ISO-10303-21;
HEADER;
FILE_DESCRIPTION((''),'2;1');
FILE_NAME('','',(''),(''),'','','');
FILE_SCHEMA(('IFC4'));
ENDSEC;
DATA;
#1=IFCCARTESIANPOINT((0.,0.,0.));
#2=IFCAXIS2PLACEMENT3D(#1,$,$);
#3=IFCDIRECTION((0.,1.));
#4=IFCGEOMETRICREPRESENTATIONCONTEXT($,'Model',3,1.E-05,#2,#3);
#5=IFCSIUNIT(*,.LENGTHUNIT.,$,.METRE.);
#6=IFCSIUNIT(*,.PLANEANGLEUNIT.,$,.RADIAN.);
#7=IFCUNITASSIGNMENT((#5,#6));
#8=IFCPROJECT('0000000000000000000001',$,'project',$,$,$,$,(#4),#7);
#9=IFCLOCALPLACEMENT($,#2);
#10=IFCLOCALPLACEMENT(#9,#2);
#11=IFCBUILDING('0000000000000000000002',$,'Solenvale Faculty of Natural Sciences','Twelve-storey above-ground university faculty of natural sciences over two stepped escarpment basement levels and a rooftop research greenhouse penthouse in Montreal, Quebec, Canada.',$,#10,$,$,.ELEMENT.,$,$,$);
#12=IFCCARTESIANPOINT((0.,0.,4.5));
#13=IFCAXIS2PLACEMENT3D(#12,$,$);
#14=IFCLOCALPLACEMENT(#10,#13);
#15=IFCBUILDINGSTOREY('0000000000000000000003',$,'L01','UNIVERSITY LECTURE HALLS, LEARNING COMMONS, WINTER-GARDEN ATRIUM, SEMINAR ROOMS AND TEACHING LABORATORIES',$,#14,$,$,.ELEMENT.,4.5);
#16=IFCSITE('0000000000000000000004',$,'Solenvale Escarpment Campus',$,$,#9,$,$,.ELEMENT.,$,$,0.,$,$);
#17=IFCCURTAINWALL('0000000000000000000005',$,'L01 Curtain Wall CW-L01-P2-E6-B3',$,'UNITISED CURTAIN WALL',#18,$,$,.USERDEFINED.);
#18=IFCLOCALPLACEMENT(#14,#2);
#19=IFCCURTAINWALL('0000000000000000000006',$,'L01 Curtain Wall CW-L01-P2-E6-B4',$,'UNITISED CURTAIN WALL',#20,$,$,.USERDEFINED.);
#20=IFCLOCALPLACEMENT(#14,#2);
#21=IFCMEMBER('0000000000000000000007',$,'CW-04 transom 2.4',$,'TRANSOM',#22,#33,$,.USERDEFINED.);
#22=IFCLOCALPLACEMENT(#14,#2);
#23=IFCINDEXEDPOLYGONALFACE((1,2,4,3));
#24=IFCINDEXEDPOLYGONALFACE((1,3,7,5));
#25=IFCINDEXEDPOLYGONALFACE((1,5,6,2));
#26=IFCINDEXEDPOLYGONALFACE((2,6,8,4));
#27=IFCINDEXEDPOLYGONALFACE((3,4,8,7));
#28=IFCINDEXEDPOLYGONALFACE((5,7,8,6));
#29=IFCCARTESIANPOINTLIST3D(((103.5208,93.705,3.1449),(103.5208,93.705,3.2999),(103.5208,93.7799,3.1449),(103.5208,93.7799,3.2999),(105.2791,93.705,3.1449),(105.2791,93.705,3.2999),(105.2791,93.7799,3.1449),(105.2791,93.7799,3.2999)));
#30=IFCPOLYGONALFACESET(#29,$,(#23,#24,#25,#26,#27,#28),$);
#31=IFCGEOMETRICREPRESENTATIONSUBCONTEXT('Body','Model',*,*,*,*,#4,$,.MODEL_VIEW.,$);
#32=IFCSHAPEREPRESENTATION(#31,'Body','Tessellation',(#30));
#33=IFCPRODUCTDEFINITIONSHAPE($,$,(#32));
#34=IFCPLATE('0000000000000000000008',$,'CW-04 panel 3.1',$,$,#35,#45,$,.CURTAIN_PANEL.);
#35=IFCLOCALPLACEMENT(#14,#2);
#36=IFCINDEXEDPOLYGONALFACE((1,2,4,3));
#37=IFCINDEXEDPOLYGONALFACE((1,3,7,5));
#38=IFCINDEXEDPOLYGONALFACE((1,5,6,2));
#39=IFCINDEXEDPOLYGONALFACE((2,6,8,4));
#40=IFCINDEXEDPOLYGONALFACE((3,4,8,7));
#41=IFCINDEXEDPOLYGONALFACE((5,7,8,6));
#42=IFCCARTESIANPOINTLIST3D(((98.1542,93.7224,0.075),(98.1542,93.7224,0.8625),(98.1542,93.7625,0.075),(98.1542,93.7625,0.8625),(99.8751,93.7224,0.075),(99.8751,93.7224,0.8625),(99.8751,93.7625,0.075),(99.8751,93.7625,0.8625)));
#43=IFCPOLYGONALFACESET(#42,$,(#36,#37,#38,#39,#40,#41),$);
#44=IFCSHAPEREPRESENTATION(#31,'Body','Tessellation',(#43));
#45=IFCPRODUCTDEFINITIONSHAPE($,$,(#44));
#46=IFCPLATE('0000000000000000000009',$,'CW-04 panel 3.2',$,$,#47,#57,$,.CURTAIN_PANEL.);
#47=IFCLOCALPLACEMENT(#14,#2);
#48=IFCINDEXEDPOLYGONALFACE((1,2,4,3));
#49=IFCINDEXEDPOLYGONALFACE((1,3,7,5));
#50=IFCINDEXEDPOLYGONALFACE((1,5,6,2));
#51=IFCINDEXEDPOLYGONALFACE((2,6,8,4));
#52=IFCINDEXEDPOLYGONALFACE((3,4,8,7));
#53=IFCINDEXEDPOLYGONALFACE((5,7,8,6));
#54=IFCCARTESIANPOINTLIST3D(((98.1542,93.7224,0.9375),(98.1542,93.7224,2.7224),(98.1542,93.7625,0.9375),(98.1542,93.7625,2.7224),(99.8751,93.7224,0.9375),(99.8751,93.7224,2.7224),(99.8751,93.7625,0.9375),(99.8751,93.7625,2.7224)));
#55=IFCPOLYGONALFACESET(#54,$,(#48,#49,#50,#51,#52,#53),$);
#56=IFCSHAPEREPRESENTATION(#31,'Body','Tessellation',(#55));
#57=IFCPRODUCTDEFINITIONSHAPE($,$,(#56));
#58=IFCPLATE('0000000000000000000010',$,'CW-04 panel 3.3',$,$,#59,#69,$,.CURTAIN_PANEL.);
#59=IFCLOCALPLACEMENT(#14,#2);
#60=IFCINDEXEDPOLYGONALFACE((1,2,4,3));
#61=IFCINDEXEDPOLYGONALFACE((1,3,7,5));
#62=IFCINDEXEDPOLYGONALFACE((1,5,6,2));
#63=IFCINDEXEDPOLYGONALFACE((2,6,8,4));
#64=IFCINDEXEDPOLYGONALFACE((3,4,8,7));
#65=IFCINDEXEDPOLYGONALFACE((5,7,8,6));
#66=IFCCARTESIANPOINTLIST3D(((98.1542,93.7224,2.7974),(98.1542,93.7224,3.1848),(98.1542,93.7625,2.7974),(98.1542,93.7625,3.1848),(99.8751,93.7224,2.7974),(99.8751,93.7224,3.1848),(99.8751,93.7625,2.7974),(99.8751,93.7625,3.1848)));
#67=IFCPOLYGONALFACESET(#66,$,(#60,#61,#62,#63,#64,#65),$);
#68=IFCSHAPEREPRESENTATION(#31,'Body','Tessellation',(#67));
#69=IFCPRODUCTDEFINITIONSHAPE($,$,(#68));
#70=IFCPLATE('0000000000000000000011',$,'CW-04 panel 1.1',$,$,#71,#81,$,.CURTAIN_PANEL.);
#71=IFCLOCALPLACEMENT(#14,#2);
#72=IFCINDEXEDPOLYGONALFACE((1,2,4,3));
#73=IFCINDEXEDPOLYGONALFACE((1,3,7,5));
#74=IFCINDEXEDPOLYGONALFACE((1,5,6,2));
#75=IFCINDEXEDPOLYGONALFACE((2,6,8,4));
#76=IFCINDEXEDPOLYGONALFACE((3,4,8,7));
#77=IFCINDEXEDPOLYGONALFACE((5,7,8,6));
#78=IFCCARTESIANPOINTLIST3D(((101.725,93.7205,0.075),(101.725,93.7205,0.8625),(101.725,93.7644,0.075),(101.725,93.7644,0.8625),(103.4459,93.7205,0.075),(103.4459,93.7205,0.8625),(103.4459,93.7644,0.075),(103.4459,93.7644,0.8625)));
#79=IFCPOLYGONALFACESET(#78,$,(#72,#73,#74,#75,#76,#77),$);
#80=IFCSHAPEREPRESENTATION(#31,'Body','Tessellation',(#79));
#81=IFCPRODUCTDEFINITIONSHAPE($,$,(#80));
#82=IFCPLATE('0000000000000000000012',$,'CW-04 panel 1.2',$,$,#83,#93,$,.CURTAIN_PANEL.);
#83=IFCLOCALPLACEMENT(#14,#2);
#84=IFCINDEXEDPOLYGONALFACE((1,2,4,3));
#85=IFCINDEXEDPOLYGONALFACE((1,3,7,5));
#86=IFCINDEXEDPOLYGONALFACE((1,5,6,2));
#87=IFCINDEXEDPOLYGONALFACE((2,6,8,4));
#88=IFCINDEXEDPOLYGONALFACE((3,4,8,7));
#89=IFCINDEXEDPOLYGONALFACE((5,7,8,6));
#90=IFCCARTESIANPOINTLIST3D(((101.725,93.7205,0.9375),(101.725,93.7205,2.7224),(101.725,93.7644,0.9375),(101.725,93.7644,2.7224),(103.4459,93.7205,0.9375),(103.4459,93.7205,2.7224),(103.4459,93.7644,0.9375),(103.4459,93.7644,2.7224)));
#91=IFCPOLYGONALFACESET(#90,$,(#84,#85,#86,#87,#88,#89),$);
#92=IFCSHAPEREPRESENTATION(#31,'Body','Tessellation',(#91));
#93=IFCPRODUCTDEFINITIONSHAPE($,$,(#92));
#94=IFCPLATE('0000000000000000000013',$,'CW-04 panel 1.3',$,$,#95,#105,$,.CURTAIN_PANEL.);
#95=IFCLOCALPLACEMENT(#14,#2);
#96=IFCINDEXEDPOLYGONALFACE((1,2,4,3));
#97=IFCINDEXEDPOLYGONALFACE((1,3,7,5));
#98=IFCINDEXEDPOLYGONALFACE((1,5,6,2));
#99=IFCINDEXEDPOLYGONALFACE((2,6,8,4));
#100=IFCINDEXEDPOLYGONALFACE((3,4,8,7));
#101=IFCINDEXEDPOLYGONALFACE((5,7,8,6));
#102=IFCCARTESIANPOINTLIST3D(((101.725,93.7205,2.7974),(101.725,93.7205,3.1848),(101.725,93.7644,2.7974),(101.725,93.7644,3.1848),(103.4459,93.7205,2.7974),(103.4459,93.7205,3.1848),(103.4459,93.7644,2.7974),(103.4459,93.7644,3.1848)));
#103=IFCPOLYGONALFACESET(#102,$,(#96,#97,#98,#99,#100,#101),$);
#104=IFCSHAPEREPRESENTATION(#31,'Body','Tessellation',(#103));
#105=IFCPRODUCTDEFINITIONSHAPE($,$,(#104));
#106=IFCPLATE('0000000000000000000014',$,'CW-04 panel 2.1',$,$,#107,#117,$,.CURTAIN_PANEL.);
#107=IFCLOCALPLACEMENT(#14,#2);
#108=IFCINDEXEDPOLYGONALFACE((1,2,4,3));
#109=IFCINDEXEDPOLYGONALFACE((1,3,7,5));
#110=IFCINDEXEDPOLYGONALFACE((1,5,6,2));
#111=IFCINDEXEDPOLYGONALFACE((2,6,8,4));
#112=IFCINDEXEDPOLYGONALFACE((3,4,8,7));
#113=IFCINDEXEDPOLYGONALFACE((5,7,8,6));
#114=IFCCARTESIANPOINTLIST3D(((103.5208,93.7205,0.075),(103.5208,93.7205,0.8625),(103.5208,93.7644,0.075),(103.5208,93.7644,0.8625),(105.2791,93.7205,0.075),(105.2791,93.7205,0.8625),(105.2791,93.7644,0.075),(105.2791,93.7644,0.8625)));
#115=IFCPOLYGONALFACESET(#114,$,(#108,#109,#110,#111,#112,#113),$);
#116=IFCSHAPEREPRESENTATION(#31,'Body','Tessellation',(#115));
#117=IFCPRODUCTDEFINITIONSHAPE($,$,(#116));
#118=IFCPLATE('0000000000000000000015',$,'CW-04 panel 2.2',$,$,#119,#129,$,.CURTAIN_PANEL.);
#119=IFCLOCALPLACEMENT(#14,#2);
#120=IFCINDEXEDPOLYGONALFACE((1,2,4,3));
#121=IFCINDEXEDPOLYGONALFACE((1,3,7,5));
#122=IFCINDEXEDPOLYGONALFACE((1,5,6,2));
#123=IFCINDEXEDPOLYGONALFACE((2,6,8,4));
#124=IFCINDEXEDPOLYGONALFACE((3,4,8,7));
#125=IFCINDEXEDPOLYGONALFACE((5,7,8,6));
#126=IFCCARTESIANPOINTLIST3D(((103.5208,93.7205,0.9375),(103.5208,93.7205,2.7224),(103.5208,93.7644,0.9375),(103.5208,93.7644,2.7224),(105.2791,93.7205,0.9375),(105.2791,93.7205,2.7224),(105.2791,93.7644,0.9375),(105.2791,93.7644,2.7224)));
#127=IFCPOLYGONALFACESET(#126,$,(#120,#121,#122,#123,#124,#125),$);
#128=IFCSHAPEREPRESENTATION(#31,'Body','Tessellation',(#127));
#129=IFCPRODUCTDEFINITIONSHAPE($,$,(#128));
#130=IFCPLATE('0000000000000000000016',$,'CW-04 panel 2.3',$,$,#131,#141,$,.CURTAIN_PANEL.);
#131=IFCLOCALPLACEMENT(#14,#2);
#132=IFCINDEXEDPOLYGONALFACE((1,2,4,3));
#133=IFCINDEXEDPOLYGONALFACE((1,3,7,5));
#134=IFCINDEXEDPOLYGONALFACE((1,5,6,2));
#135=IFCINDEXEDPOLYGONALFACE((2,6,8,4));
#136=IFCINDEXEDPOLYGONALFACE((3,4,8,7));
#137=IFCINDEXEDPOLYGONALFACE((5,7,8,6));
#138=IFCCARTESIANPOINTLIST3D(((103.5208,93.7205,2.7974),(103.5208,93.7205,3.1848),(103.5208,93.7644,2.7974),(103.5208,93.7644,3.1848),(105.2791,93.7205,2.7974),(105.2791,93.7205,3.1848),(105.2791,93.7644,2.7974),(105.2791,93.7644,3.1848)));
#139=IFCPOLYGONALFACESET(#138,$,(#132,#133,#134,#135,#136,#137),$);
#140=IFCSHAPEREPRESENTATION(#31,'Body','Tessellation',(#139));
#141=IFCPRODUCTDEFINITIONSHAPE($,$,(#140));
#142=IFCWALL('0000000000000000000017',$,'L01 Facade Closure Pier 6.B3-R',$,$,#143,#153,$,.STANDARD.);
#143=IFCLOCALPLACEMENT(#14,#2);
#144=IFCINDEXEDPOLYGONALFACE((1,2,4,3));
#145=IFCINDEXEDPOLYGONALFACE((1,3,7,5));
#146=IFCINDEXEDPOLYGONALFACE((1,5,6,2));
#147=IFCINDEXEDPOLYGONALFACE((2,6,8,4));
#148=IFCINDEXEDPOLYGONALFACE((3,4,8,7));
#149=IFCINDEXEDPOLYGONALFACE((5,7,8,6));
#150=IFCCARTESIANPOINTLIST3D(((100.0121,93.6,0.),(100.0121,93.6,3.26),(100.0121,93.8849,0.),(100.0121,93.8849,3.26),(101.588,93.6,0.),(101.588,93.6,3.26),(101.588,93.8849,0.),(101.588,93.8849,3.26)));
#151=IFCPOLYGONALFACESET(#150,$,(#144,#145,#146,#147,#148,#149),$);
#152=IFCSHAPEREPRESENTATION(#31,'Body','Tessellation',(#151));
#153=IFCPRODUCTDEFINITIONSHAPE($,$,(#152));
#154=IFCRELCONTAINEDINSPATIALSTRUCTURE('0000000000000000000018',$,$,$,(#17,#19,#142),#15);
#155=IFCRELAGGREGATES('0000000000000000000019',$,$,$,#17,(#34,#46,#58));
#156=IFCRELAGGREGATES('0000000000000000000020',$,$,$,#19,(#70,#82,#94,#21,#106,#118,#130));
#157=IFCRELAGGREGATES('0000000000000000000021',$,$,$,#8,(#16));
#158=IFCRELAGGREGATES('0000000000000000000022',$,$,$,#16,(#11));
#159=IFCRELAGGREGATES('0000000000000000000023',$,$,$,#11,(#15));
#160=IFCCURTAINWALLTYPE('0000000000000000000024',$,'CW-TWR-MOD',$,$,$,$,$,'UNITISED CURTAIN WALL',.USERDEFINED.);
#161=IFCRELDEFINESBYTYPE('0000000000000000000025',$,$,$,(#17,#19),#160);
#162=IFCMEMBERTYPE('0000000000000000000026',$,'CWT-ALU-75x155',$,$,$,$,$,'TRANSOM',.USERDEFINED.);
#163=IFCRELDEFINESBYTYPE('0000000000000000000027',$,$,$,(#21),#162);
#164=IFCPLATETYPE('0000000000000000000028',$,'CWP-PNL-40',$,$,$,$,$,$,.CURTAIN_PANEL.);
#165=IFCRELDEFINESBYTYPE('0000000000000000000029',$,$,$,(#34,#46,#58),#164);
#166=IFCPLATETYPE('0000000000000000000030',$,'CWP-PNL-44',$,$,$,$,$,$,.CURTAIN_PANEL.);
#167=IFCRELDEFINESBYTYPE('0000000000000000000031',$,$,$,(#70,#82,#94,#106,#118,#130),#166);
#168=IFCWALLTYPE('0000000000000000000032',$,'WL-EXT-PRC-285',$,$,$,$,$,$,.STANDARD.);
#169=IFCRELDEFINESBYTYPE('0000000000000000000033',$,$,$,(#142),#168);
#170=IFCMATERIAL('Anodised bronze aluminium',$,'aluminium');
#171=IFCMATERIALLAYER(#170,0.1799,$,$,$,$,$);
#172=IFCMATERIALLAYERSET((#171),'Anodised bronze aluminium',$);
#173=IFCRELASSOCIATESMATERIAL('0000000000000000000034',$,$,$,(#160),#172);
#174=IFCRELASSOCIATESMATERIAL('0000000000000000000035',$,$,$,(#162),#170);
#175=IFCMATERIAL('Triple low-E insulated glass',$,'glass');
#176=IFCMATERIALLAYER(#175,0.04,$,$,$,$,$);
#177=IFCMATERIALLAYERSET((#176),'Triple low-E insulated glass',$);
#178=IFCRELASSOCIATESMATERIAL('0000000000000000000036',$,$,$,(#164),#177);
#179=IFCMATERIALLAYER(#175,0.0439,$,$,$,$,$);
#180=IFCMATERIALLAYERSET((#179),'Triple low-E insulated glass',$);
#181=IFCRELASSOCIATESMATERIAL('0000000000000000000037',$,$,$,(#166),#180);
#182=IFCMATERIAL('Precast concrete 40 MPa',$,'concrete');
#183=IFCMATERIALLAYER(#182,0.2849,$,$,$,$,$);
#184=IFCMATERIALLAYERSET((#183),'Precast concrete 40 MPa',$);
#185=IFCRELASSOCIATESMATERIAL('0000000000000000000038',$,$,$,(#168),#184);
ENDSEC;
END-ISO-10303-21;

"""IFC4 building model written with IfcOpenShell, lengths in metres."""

from ifc_helpers import new_model, si_unit, direction, frame, frame_2d, origin, origin_2d, place, context, subcontext, project, spatial, rectangle, extrude, material, layer, layer_set, material_profile, profile_set, type_object, element, aggregate, save


model = new_model("IFC4")

# Units and contexts
model_context = context("Model", 3, precision=1e-05, world=origin(), true_north=direction((0.0, 1.0)))
body_context = subcontext(model_context, "Body", "Model", "MODEL_VIEW")
ifc_project = project(units=[si_unit("LENGTHUNIT", "METRE"), si_unit("PLANEANGLEUNIT", "RADIAN")], contexts=[model_context])

# Site, building, storey
site_placement = place(None, origin())
site = spatial("IfcSite", under=ifc_project, at=site_placement, Name="Solenvale Escarpment Campus", CompositionType="ELEMENT", RefElevation=0.0)
building_placement = place(site_placement, origin())
building = spatial("IfcBuilding", under=site, at=building_placement, Name="Solenvale Faculty of Natural Sciences", Description="Twelve-storey above-ground university faculty of natural sciences over two stepped escarpment basement levels and a rooftop research greenhouse penthouse in Montreal, Quebec, Canada.", CompositionType="ELEMENT")
storey_placement = place(building_placement, frame((0.0, 0.0, 4.5)))
storey = spatial("IfcBuildingStorey", under=building, at=storey_placement, Name="L01", Description="UNIVERSITY LECTURE HALLS, LEARNING COMMONS, WINTER-GARDEN ATRIUM, SEMINAR ROOMS AND TEACHING LABORATORIES", CompositionType="ELEMENT", Elevation=4.5)

# Curtain wall
ifc_material_1 = material(Name="Anodised bronze aluminium", Category="aluminium")
ifc_layer_1 = layer(ifc_material_1, 0.1799)
ifc_layer_set_1 = layer_set([ifc_layer_1], Name="Anodised bronze aluminium")
curtain_wall_type = type_object("IfcCurtainWallType", Name="CW-TWR-MOD", ElementType="UNITISED CURTAIN WALL", PredefinedType="USERDEFINED", material=ifc_layer_set_1)
curtain_wall_1_placement = place(storey_placement, origin())
curtain_wall_1 = element("IfcCurtainWall", 1, at=curtain_wall_1_placement, inside=storey, type_object=curtain_wall_type, Name="L01 Curtain Wall CW-L01-P2-E6-B3", ObjectType="UNITISED CURTAIN WALL", PredefinedType="USERDEFINED")

# Curtain wall
curtain_wall_2_placement = place(storey_placement, origin())
curtain_wall_2 = element("IfcCurtainWall", 2, at=curtain_wall_2_placement, inside=storey, type_object=curtain_wall_type, Name="L01 Curtain Wall CW-L01-P2-E6-B4", ObjectType="UNITISED CURTAIN WALL", PredefinedType="USERDEFINED")

# Member
ifc_material_profile_1 = material_profile(ifc_material_1, rectangle(XDim=0.075, YDim=0.155, at=origin_2d()), Name="ALU-TRN-75x155")
ifc_profile_set_1 = profile_set([ifc_material_profile_1], Name="Anodised bronze aluminium")
member_type_1 = type_object("IfcMemberType", Name="CWT-ALU-75x155", ElementType="TRANSOM", PredefinedType="USERDEFINED", material=ifc_profile_set_1)
member_1_placement = place(storey_placement, frame((103.5208, 93.7424, 3.2224), z_axis=(1.0, 0.0, 0.0), x_axis=(0.0, 1.0, 0.0)))
member_1 = element("IfcMember", 3, at=member_1_placement, type_object=member_type_1, Name="CW-04 transom 2.4", ObjectType="TRANSOM", PredefinedType="USERDEFINED", context=body_context, shape_type="SweptSolid", body=[
    extrude(rectangle(XDim=0.075, YDim=0.155, at=origin_2d()), origin(), (0.0, 0.0, 1.0), 1.7583),
])

# Plates
ifc_material_2 = material(Name="Triple low-E insulated glass", Category="glass")
ifc_layer_2 = layer(ifc_material_2, 0.04)
ifc_layer_set_2 = layer_set([ifc_layer_2], Name="Triple low-E insulated glass")
plate_type_1 = type_object("IfcPlateType", Name="CWP-PNL-40", PredefinedType="CURTAIN_PANEL", material=ifc_layer_set_2)
plate_1_placement = place(storey_placement, frame((99.0146, 93.7424, 0.075), z_axis=(0.0, 0.0, 1.0), x_axis=(1.0, 0.0, 0.0)))
plate_1 = element("IfcPlate", 4, at=plate_1_placement, type_object=plate_type_1, Name="CW-04 panel 3.1", PredefinedType="CURTAIN_PANEL", context=body_context, shape_type="SweptSolid", body=[
    extrude(rectangle(XDim=1.7209, YDim=0.04, at=origin_2d()), origin(), (0.0, 0.0, 1.0), 0.7876),
])
plate_2_placement = place(storey_placement, frame((99.0146, 93.7424, 0.9375), z_axis=(0.0, 0.0, 1.0), x_axis=(1.0, 0.0, 0.0)))
plate_2 = element("IfcPlate", 5, at=plate_2_placement, type_object=plate_type_1, Name="CW-04 panel 3.2", PredefinedType="CURTAIN_PANEL", context=body_context, shape_type="SweptSolid", body=[
    extrude(rectangle(XDim=1.7209, YDim=0.04, at=origin_2d()), origin(), (0.0, 0.0, 1.0), 1.7849),
])
plate_3_placement = place(storey_placement, frame((99.0146, 93.7424, 2.7974), z_axis=(0.0, 0.0, 1.0), x_axis=(1.0, 0.0, 0.0)))
plate_3 = element("IfcPlate", 6, at=plate_3_placement, type_object=plate_type_1, Name="CW-04 panel 3.3", PredefinedType="CURTAIN_PANEL", context=body_context, shape_type="SweptSolid", body=[
    extrude(rectangle(XDim=1.7209, YDim=0.04, at=origin_2d()), origin(), (0.0, 0.0, 1.0), 0.3875),
])
aggregate(curtain_wall_1, [plate_1, plate_2, plate_3])
ifc_layer_3 = layer(ifc_material_2, 0.0439)
ifc_layer_set_3 = layer_set([ifc_layer_3], Name="Triple low-E insulated glass")
plate_type_2 = type_object("IfcPlateType", Name="CWP-PNL-44", PredefinedType="CURTAIN_PANEL", material=ifc_layer_set_3)
plate_4_placement = place(storey_placement, frame((102.5854, 93.7424, 0.075), z_axis=(0.0, 0.0, 1.0), x_axis=(1.0, 0.0, 0.0)))
plate_4 = element("IfcPlate", 7, at=plate_4_placement, type_object=plate_type_2, Name="CW-04 panel 1.1", PredefinedType="CURTAIN_PANEL", context=body_context, shape_type="SweptSolid", body=[
    extrude(rectangle(XDim=1.7209, YDim=0.0439, at=origin_2d()), origin(), (0.0, 0.0, 1.0), 0.7876),
])
plate_5_placement = place(storey_placement, frame((102.5854, 93.7424, 0.9375), z_axis=(0.0, 0.0, 1.0), x_axis=(1.0, 0.0, 0.0)))
plate_5 = element("IfcPlate", 8, at=plate_5_placement, type_object=plate_type_2, Name="CW-04 panel 1.2", PredefinedType="CURTAIN_PANEL", context=body_context, shape_type="SweptSolid", body=[
    extrude(rectangle(XDim=1.7209, YDim=0.0439, at=origin_2d()), origin(), (0.0, 0.0, 1.0), 1.7849),
])
plate_6_placement = place(storey_placement, frame((102.5854, 93.7424, 2.7974), z_axis=(0.0, 0.0, 1.0), x_axis=(1.0, 0.0, 0.0)))
plate_6 = element("IfcPlate", 9, at=plate_6_placement, type_object=plate_type_2, Name="CW-04 panel 1.3", PredefinedType="CURTAIN_PANEL", context=body_context, shape_type="SweptSolid", body=[
    extrude(rectangle(XDim=1.7209, YDim=0.0439, at=origin_2d()), origin(), (0.0, 0.0, 1.0), 0.3875),
])
plate_7_placement = place(storey_placement, frame((104.3999, 93.7424, 0.075), z_axis=(0.0, 0.0, 1.0), x_axis=(1.0, 0.0, 0.0)))
plate_7 = element("IfcPlate", 10, at=plate_7_placement, type_object=plate_type_2, Name="CW-04 panel 2.1", PredefinedType="CURTAIN_PANEL", context=body_context, shape_type="SweptSolid", body=[
    extrude(rectangle(XDim=1.7583, YDim=0.0439, at=origin_2d()), origin(), (0.0, 0.0, 1.0), 0.7876),
])
plate_8_placement = place(storey_placement, frame((104.3999, 93.7424, 0.9375), z_axis=(0.0, 0.0, 1.0), x_axis=(1.0, 0.0, 0.0)))
plate_8 = element("IfcPlate", 11, at=plate_8_placement, type_object=plate_type_2, Name="CW-04 panel 2.2", PredefinedType="CURTAIN_PANEL", context=body_context, shape_type="SweptSolid", body=[
    extrude(rectangle(XDim=1.7583, YDim=0.0439, at=origin_2d()), origin(), (0.0, 0.0, 1.0), 1.7849),
])
plate_9_placement = place(storey_placement, frame((104.3999, 93.7424, 2.7974), z_axis=(0.0, 0.0, 1.0), x_axis=(1.0, 0.0, 0.0)))
plate_9 = element("IfcPlate", 12, at=plate_9_placement, type_object=plate_type_2, Name="CW-04 panel 2.3", PredefinedType="CURTAIN_PANEL", context=body_context, shape_type="SweptSolid", body=[
    extrude(rectangle(XDim=1.7583, YDim=0.0439, at=origin_2d()), origin(), (0.0, 0.0, 1.0), 0.3875),
])
aggregate(curtain_wall_2, [plate_4, plate_5, plate_6, member_1, plate_7, plate_8, plate_9])

# Wall
ifc_material_3 = material(Name="Precast concrete 40 MPa", Category="concrete")
ifc_layer_4 = layer(ifc_material_3, 0.2849)
ifc_layer_set_4 = layer_set([ifc_layer_4], Name="Precast concrete 40 MPa")
wall_type = type_object("IfcWallType", Name="WL-EXT-PRC-285", PredefinedType="STANDARD", material=ifc_layer_set_4)
wall_placement = place(storey_placement, frame((100.012, 93.7424, 0.0), z_axis=(0.0, 0.0, 1.0), x_axis=(1.0, 0.0, 0.0)))
element("IfcWall", 13, at=wall_placement, inside=storey, type_object=wall_type, Name="L01 Facade Closure Pier 6.B3-R", PredefinedType="STANDARD", context=body_context, shape_type="SweptSolid", body=[
    extrude(rectangle(XDim=1.5759, YDim=0.2849, at=frame_2d((0.7881, 0.0))), origin(), (0.0, 0.0, 1.0), 3.26),
])

save(model, "model.ifc")
